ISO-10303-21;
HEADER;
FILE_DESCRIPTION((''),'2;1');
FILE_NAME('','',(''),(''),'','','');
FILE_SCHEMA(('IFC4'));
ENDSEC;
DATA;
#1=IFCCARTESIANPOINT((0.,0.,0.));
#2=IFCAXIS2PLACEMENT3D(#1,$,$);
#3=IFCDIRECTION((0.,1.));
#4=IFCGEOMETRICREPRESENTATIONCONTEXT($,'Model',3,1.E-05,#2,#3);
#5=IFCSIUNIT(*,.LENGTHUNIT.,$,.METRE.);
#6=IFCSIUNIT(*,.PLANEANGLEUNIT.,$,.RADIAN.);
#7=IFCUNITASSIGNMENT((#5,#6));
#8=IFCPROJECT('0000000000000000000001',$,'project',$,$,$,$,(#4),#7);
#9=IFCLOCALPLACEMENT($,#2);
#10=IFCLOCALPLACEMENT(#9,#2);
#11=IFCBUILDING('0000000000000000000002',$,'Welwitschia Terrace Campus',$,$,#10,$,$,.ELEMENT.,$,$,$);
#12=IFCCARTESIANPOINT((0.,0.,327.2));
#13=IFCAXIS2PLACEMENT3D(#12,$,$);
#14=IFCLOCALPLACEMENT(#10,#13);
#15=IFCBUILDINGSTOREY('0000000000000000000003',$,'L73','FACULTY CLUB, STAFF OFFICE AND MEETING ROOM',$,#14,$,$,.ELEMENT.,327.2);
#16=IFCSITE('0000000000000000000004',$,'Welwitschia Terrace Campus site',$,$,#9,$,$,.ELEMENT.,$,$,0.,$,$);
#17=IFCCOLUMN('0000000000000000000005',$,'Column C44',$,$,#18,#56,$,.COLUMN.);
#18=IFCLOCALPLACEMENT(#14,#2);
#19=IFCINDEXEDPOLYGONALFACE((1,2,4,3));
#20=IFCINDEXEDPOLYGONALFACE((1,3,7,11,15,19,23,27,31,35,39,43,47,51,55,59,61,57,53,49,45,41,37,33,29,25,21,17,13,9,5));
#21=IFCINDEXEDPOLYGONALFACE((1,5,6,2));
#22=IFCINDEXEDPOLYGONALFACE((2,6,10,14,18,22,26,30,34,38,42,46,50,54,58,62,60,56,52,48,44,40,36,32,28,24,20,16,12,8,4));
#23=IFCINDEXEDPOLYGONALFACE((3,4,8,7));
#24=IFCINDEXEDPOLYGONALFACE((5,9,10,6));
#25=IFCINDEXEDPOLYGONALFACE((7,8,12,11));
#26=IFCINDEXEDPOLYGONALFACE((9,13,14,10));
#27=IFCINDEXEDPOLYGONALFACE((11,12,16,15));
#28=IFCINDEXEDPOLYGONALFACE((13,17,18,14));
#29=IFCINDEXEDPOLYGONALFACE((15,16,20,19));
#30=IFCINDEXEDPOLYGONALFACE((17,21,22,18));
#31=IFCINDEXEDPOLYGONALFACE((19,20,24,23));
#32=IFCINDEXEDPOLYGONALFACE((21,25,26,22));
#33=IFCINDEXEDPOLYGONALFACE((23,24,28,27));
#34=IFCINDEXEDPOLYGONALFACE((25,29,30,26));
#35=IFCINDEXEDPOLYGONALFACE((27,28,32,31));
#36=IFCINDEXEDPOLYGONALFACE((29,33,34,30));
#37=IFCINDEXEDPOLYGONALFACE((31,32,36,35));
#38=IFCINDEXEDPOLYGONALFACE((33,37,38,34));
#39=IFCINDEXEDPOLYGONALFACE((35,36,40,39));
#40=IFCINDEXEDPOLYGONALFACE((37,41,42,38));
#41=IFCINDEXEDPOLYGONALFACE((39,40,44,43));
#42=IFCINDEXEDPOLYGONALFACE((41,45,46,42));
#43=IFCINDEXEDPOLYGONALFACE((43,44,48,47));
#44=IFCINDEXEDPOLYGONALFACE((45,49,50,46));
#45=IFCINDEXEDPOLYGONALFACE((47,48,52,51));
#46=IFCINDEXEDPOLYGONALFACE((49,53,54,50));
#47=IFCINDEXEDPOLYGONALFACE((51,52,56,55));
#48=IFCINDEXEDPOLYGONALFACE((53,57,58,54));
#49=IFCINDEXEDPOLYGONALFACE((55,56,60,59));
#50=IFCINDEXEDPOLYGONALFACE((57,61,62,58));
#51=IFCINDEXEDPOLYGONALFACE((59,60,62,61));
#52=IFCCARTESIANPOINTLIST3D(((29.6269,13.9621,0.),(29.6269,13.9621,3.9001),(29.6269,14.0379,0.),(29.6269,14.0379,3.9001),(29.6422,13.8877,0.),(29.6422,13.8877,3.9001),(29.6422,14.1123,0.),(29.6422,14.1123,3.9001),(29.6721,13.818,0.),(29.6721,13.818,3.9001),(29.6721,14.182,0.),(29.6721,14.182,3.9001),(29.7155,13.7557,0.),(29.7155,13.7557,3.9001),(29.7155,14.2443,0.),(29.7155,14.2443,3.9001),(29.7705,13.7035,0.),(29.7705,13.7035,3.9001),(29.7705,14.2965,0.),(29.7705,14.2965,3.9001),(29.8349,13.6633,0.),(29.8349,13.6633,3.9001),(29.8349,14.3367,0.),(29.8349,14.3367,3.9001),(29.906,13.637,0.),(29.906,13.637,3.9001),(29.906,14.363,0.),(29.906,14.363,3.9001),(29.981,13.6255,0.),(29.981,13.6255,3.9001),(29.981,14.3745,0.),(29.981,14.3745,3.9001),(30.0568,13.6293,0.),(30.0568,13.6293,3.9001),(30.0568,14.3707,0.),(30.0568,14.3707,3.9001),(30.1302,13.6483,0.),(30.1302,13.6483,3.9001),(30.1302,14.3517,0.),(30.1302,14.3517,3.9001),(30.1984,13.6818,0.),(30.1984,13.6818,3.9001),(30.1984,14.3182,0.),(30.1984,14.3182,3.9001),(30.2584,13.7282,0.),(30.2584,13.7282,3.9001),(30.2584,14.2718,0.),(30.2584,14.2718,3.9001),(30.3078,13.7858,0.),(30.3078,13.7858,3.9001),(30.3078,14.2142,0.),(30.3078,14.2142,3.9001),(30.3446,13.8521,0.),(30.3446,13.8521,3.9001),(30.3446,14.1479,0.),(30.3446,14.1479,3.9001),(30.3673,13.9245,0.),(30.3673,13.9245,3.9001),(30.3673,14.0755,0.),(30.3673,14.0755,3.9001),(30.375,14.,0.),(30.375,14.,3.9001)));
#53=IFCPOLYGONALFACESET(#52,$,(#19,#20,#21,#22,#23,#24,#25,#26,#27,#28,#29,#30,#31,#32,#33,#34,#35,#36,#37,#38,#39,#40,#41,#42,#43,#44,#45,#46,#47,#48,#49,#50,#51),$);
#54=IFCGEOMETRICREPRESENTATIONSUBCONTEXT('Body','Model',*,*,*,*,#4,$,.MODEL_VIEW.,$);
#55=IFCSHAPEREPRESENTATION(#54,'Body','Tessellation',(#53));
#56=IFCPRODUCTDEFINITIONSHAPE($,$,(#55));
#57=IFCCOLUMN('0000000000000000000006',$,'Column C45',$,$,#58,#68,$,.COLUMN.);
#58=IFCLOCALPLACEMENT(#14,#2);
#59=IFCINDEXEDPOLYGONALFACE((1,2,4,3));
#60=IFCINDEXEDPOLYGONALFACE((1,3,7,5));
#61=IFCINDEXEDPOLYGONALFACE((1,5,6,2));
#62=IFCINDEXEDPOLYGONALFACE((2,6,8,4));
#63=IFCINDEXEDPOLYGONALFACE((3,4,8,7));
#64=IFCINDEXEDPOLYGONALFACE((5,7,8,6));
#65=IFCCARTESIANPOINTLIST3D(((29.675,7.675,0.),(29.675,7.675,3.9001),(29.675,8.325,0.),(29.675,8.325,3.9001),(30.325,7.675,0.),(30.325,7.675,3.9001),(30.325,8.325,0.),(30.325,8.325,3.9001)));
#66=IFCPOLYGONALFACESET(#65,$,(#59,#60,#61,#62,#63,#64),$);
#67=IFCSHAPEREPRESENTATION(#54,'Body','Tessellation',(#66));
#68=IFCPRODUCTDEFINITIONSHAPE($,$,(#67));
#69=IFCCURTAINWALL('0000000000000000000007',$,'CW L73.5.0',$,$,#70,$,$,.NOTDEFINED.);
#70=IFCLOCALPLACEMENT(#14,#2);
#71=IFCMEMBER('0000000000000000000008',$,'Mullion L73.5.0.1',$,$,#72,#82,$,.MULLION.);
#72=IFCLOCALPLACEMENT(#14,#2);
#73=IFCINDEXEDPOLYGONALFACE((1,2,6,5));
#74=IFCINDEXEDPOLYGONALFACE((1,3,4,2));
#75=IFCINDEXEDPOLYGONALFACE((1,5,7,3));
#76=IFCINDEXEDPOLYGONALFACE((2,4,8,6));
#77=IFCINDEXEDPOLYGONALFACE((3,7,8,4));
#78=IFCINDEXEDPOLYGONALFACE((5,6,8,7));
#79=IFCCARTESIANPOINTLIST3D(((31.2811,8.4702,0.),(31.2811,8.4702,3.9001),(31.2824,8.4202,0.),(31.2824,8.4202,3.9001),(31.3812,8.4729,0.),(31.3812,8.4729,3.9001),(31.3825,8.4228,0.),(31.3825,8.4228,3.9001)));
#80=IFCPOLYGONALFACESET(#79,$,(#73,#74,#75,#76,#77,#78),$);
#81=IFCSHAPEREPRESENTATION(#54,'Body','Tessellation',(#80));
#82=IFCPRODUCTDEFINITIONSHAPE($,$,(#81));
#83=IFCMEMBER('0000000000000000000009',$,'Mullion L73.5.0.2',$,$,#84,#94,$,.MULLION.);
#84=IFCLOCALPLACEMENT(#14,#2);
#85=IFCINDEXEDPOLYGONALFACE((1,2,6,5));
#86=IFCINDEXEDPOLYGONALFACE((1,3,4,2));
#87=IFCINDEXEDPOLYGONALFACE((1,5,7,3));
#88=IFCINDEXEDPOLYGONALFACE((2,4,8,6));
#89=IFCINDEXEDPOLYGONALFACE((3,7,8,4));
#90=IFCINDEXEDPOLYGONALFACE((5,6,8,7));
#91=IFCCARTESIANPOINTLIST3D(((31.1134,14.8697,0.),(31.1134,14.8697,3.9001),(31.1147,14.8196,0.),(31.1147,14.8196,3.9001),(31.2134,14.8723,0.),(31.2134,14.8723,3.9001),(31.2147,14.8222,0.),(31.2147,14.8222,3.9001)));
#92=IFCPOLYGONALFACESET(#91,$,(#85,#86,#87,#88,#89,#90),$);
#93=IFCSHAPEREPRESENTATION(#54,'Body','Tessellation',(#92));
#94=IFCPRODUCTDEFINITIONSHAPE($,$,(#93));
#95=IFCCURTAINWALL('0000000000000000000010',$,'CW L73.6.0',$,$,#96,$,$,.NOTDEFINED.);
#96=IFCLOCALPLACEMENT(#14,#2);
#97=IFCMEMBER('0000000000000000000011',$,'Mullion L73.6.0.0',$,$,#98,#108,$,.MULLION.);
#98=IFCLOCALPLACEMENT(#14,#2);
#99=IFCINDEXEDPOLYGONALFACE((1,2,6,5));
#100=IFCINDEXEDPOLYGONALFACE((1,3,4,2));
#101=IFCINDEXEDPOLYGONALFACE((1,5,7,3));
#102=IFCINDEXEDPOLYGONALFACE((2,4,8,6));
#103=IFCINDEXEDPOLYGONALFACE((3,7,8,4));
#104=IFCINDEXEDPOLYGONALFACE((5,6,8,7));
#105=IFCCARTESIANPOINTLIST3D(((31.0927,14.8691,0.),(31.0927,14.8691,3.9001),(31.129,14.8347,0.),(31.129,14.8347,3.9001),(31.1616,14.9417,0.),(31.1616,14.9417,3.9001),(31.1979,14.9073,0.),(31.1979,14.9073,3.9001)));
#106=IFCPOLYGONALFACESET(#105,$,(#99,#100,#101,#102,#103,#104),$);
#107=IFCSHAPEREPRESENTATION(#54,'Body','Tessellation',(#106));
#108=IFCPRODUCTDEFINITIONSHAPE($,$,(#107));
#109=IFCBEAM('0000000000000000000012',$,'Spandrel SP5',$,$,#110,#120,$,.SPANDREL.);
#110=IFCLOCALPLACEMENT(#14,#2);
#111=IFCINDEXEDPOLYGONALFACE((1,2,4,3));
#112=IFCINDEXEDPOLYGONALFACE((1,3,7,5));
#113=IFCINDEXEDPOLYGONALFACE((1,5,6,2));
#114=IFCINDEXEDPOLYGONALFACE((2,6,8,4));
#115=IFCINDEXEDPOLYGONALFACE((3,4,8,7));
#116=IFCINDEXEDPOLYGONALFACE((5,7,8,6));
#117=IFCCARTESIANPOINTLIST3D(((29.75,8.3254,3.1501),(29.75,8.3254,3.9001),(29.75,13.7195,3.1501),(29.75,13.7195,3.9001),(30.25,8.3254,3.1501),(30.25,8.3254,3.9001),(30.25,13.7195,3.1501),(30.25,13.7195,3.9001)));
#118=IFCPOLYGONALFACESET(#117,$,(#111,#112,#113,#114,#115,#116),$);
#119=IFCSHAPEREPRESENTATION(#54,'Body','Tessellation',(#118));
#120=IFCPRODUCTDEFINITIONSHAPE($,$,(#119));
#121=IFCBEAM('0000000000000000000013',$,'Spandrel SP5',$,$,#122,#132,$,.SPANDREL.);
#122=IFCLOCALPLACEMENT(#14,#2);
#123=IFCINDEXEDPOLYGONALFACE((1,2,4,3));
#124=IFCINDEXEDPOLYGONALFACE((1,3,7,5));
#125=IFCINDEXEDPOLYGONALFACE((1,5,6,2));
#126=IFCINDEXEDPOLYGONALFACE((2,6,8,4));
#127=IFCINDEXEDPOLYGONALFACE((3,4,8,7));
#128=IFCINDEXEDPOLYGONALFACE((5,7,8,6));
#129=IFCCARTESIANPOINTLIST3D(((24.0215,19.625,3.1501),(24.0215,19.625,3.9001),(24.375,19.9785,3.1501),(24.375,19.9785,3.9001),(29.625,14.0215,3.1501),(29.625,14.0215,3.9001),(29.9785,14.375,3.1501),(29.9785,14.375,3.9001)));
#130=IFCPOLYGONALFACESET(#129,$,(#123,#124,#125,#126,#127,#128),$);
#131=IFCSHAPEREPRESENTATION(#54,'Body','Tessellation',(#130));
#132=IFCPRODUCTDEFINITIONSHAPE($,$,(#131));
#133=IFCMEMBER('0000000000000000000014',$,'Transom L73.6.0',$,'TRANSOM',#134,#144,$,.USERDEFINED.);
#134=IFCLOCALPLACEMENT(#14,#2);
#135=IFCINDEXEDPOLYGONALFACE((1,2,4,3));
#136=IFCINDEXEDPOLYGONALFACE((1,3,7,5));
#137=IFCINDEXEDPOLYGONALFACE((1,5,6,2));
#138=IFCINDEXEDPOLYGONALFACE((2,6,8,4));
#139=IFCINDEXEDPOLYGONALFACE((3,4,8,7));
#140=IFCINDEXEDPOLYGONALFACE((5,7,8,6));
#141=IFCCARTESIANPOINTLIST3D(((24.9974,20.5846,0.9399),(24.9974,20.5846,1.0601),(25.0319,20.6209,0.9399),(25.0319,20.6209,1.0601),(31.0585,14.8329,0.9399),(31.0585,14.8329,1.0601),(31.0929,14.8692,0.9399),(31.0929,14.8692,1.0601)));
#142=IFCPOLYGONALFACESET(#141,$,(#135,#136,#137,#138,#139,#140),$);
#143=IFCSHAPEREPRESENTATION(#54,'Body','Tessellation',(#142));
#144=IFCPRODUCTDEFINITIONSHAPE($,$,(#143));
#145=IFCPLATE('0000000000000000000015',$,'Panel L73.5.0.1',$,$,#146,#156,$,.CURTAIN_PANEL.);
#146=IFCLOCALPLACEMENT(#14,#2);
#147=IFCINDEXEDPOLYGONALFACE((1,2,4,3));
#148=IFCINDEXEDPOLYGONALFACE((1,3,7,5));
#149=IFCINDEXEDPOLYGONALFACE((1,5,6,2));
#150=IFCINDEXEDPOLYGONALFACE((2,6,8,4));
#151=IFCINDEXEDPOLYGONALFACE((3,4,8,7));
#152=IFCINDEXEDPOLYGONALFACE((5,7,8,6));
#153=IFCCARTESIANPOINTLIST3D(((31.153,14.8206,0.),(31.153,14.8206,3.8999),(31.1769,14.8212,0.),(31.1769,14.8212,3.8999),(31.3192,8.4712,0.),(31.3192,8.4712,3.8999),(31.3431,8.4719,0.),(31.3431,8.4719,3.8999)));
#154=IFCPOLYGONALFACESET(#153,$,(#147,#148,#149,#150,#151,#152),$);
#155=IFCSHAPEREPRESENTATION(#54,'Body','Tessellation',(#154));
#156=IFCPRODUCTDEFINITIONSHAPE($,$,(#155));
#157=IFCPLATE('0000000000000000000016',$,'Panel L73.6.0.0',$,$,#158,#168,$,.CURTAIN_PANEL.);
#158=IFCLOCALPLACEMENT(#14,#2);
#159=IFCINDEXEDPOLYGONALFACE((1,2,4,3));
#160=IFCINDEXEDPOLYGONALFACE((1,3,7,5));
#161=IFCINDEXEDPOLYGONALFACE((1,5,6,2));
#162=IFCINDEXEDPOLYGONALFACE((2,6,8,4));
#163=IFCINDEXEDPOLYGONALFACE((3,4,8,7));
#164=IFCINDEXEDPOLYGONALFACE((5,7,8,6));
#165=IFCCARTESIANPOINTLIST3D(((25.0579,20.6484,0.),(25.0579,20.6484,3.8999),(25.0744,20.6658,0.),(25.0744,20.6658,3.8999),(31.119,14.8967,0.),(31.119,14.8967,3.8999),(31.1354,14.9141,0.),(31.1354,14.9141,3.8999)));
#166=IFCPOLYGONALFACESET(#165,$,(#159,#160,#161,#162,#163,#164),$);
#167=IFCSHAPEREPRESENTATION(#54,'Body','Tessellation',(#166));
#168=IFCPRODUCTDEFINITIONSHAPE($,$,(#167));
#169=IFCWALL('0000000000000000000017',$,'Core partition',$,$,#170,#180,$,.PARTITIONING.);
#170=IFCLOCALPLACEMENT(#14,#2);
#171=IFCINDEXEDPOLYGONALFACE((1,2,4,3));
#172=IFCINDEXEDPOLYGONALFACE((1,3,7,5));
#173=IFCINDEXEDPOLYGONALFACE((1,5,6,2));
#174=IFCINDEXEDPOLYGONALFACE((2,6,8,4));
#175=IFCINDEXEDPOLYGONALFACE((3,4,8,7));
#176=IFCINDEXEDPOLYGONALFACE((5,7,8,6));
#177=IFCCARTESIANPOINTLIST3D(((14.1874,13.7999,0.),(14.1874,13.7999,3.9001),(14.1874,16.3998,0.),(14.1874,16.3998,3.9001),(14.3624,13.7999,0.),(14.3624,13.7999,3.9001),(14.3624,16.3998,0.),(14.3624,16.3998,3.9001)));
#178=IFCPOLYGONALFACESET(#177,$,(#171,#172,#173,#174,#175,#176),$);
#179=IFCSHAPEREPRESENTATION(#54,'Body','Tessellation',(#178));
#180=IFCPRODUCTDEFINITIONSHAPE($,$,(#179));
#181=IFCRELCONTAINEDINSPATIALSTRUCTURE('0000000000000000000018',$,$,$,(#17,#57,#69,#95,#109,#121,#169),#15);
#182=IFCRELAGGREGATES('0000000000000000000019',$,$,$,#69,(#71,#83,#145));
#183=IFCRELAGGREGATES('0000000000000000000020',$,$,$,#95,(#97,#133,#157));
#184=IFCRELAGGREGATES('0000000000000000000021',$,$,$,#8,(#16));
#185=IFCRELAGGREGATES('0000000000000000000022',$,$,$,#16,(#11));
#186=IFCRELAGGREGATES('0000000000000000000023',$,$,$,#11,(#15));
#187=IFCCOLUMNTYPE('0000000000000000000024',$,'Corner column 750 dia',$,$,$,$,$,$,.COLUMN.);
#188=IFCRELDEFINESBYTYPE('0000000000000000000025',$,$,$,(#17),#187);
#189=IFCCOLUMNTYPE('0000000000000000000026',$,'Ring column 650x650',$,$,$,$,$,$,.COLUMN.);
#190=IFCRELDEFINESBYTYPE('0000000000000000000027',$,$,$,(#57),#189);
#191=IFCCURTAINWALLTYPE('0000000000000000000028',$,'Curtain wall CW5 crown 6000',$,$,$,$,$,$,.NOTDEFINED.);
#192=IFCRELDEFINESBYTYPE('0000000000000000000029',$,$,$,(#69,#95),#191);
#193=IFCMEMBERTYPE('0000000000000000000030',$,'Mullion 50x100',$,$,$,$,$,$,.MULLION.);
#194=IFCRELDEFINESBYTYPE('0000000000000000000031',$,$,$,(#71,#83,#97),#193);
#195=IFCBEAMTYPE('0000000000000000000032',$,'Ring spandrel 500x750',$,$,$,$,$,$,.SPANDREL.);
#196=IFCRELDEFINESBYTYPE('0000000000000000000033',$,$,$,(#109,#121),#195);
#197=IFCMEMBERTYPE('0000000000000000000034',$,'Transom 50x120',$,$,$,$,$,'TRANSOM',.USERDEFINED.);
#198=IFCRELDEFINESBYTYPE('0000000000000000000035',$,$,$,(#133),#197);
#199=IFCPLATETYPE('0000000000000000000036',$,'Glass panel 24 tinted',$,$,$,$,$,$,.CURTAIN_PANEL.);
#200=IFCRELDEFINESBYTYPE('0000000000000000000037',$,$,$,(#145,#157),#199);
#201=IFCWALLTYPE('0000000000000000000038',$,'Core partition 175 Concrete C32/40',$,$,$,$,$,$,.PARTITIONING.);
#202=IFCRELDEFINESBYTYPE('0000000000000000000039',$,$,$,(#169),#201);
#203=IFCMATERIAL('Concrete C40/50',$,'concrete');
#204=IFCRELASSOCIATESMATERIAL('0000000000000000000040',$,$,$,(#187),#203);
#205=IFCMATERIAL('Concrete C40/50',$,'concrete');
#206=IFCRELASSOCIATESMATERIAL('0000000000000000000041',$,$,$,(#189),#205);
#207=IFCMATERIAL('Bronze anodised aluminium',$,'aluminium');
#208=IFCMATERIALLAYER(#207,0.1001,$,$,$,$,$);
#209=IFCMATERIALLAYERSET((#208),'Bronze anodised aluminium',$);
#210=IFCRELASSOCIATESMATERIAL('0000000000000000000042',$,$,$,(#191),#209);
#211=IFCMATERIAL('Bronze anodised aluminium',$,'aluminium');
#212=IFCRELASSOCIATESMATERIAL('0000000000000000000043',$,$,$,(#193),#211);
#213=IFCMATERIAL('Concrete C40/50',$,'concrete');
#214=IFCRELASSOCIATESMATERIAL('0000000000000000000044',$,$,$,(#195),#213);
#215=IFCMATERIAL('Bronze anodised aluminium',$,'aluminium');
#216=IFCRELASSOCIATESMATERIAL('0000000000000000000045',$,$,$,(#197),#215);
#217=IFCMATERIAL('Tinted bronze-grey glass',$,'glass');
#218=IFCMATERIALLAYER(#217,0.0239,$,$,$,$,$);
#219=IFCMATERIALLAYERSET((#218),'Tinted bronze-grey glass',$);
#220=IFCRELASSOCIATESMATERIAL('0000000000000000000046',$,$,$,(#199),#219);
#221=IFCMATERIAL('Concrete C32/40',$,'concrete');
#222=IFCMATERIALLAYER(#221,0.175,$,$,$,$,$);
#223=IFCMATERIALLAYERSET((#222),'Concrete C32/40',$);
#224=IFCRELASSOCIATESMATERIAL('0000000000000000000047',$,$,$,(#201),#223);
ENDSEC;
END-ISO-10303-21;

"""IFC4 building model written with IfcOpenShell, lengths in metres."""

from ifc_helpers import new_model, si_unit, direction, frame, frame_2d, origin, origin_2d, place, context, subcontext, project, spatial, rectangle, circle, extrude, material, layer, layer_set, material_profile, profile_set, type_object, element, aggregate, save


model = new_model("IFC4")

# Units and contexts
model_context = context("Model", 3, precision=1e-05, world=origin(), true_north=direction((0.0, 1.0)))
body_context = subcontext(model_context, "Body", "Model", "MODEL_VIEW")
ifc_project = project(units=[si_unit("LENGTHUNIT", "METRE"), si_unit("PLANEANGLEUNIT", "RADIAN")], contexts=[model_context])

# Site, building, storey
site_placement = place(None, origin())
site = spatial("IfcSite", under=ifc_project, at=site_placement, Name="Welwitschia Terrace Campus site", CompositionType="ELEMENT", RefElevation=0.0)
building_placement = place(site_placement, origin())
building = spatial("IfcBuilding", under=site, at=building_placement, Name="Welwitschia Terrace Campus", CompositionType="ELEMENT")
storey_placement = place(building_placement, frame((0.0, 0.0, 327.2)))
storey = spatial("IfcBuildingStorey", under=building, at=storey_placement, Name="L73", Description="FACULTY CLUB, STAFF OFFICE AND MEETING ROOM", CompositionType="ELEMENT", Elevation=327.2)

# Columns
ifc_material_1 = material(Name="Concrete C40/50", Category="concrete")
ifc_material_profile_1 = material_profile(ifc_material_1, circle(Radius=0.375, at=origin_2d()))
ifc_profile_set_1 = profile_set([ifc_material_profile_1], Name="Concrete C40/50")
column_type_1 = type_object("IfcColumnType", Name="Corner column 750 dia", PredefinedType="COLUMN", material=ifc_profile_set_1)
column_1_placement = place(storey_placement, frame((30.0, 14.0, 0.0), z_axis=(0.0, 0.0, 1.0), x_axis=(1.0, 0.0, 0.0)))
element("IfcColumn", 1, at=column_1_placement, inside=storey, type_object=column_type_1, Name="Column C44", PredefinedType="COLUMN", context=body_context, shape_type="SweptSolid", body=[
    extrude(circle(Radius=0.375, at=origin_2d()), origin(), (0.0, 0.0, 1.0), 3.9001),
])
ifc_material_2 = material(Name="Concrete C40/50", Category="concrete")
ifc_material_profile_2 = material_profile(ifc_material_2, rectangle(XDim=0.6499, YDim=0.6499, at=origin_2d()))
ifc_profile_set_2 = profile_set([ifc_material_profile_2], Name="Concrete C40/50")
column_type_2 = type_object("IfcColumnType", Name="Ring column 650x650", PredefinedType="COLUMN", material=ifc_profile_set_2)
column_2_placement = place(storey_placement, frame((30.0, 8.0, 0.0), z_axis=(0.0, 0.0, 1.0), x_axis=(1.0, 0.0, 0.0)))
element("IfcColumn", 2, at=column_2_placement, inside=storey, type_object=column_type_2, Name="Column C45", PredefinedType="COLUMN", context=body_context, shape_type="SweptSolid", body=[
    extrude(rectangle(XDim=0.6499, YDim=0.6499, at=origin_2d()), origin(), (0.0, 0.0, 1.0), 3.9001),
])

# Curtain wall, members
ifc_material_3 = material(Name="Bronze anodised aluminium", Category="aluminium")
ifc_layer_1 = layer(ifc_material_3, 0.1001)
ifc_layer_set_1 = layer_set([ifc_layer_1], Name="Bronze anodised aluminium")
curtain_wall_type = type_object("IfcCurtainWallType", Name="Curtain wall CW5 crown 6000", PredefinedType="NOTDEFINED", material=ifc_layer_set_1)
curtain_wall_1_placement = place(storey_placement, origin())
curtain_wall_1 = element("IfcCurtainWall", 3, at=curtain_wall_1_placement, inside=storey, type_object=curtain_wall_type, Name="CW L73.5.0", PredefinedType="NOTDEFINED")
ifc_material_4 = material(Name="Bronze anodised aluminium", Category="aluminium")
ifc_material_profile_3 = material_profile(ifc_material_4, rectangle(XDim=0.1001, YDim=0.05, at=origin_2d()))
ifc_profile_set_3 = profile_set([ifc_material_profile_3], Name="Bronze anodised aluminium")
member_type_1 = type_object("IfcMemberType", Name="Mullion 50x100", PredefinedType="MULLION", material=ifc_profile_set_3)
member_1_placement = place(storey_placement, frame((31.3318, 8.4465, 0.0), z_axis=(0.0, 0.0, 1.0), x_axis=(-0.999657, -0.026177, 0.0)))
member_1 = element("IfcMember", 4, at=member_1_placement, type_object=member_type_1, Name="Mullion L73.5.0.1", PredefinedType="MULLION", context=body_context, shape_type="SweptSolid", body=[
    extrude(rectangle(XDim=0.1001, YDim=0.05, at=origin_2d()), origin(), (0.0, 0.0, 1.0), 3.9001),
])
member_2_placement = place(storey_placement, frame((31.1641, 14.8459, 0.0), z_axis=(0.0, 0.0, 1.0), x_axis=(-0.999657, -0.026177, 0.0)))
member_2 = element("IfcMember", 5, at=member_2_placement, type_object=member_type_1, Name="Mullion L73.5.0.2", PredefinedType="MULLION", context=body_context, shape_type="SweptSolid", body=[
    extrude(rectangle(XDim=0.1001, YDim=0.05, at=origin_2d()), origin(), (0.0, 0.0, 1.0), 3.9001),
])

# Curtain wall, member
curtain_wall_2_placement = place(storey_placement, origin())
curtain_wall_2 = element("IfcCurtainWall", 6, at=curtain_wall_2_placement, inside=storey, type_object=curtain_wall_type, Name="CW L73.6.0", PredefinedType="NOTDEFINED")
member_3_placement = place(storey_placement, frame((31.1453, 14.8882, 0.0), z_axis=(0.0, 0.0, 1.0), x_axis=(-0.688355, -0.725374, 0.0)))
member_3 = element("IfcMember", 7, at=member_3_placement, type_object=member_type_1, Name="Mullion L73.6.0.0", PredefinedType="MULLION", context=body_context, shape_type="SweptSolid", body=[
    extrude(rectangle(XDim=0.1001, YDim=0.05, at=origin_2d()), origin(), (0.0, 0.0, 1.0), 3.9001),
])

# Beams
ifc_material_5 = material(Name="Concrete C40/50", Category="concrete")
ifc_material_profile_4 = material_profile(ifc_material_5, rectangle(XDim=0.5, YDim=0.75, at=origin_2d()))
ifc_profile_set_4 = profile_set([ifc_material_profile_4], Name="Concrete C40/50")
beam_type = type_object("IfcBeamType", Name="Ring spandrel 500x750", PredefinedType="SPANDREL", material=ifc_profile_set_4)
beam_1_placement = place(storey_placement, frame((30.0, 8.3254, 3.5251), z_axis=(0.0, 1.0, 0.0), x_axis=(-1.0, 0.0, 0.0)))
element("IfcBeam", 8, at=beam_1_placement, inside=storey, type_object=beam_type, Name="Spandrel SP5", PredefinedType="SPANDREL", context=body_context, shape_type="SweptSolid", body=[
    extrude(rectangle(XDim=0.5, YDim=0.75, at=origin_2d()), origin(), (0.0, 0.0, 1.0), 5.394),
])
beam_2_placement = place(storey_placement, frame((29.8018, 14.1982, 3.5251), z_axis=(-0.707107, 0.707107, 0.0), x_axis=(-0.707107, -0.707107, 0.0)))
element("IfcBeam", 9, at=beam_2_placement, inside=storey, type_object=beam_type, Name="Spandrel SP5", PredefinedType="SPANDREL", context=body_context, shape_type="SweptSolid", body=[
    extrude(rectangle(XDim=0.5, YDim=0.75, at=origin_2d()), origin(), (0.0, 0.0, 1.0), 7.9246),
])

# Member
ifc_material_6 = material(Name="Bronze anodised aluminium", Category="aluminium")
ifc_material_profile_5 = material_profile(ifc_material_6, rectangle(XDim=0.05, YDim=0.1201, at=origin_2d()))
ifc_profile_set_5 = profile_set([ifc_material_profile_5], Name="Bronze anodised aluminium")
member_type_2 = type_object("IfcMemberType", Name="Transom 50x120", ElementType="TRANSOM", PredefinedType="USERDEFINED", material=ifc_profile_set_5)
member_4_placement = place(storey_placement, frame((31.0757, 14.8511, 1.0), z_axis=(-0.725374, 0.688355, 0.0), x_axis=(-0.688355, -0.725374, 0.0)))
member_4 = element("IfcMember", 10, at=member_4_placement, type_object=member_type_2, Name="Transom L73.6.0", ObjectType="TRANSOM", PredefinedType="USERDEFINED", context=body_context, shape_type="SweptSolid", body=[
    extrude(rectangle(XDim=0.05, YDim=0.1201, at=origin_2d()), origin(), (0.0, 0.0, 1.0), 8.3557),
])

# Plates
ifc_material_7 = material(Name="Tinted bronze-grey glass", Category="glass")
ifc_layer_2 = layer(ifc_material_7, 0.0239)
ifc_layer_set_2 = layer_set([ifc_layer_2], Name="Tinted bronze-grey glass")
plate_type = type_object("IfcPlateType", Name="Glass panel 24 tinted", PredefinedType="CURTAIN_PANEL", material=ifc_layer_set_2)
plate_1_placement = place(storey_placement, frame((31.248, 11.6462, 0.0), z_axis=(0.0, 0.0, 1.0), x_axis=(-0.026177, 0.999657, 0.0)))
plate_1 = element("IfcPlate", 11, at=plate_1_placement, type_object=plate_type, Name="Panel L73.5.0.1", PredefinedType="CURTAIN_PANEL", context=body_context, shape_type="SweptSolid", body=[
    extrude(rectangle(XDim=6.3516, YDim=0.0239, at=origin_2d()), origin(), (0.0, 0.0, 1.0), 3.8999),
])
aggregate(curtain_wall_1, [member_1, member_2, plate_1])
plate_2_placement = place(storey_placement, frame((28.0967, 17.7812, 0.0), z_axis=(0.0, 0.0, 1.0), x_axis=(-0.725374, 0.688355, 0.0)))
plate_2 = element("IfcPlate", 12, at=plate_2_placement, type_object=plate_type, Name="Panel L73.6.0.0", PredefinedType="CURTAIN_PANEL", context=body_context, shape_type="SweptSolid", body=[
    extrude(rectangle(XDim=8.3557, YDim=0.0239, at=origin_2d()), origin(), (0.0, 0.0, 1.0), 3.8999),
])
aggregate(curtain_wall_2, [member_3, member_4, plate_2])

# Wall
ifc_material_8 = material(Name="Concrete C32/40", Category="concrete")
ifc_layer_3 = layer(ifc_material_8, 0.175)
ifc_layer_set_3 = layer_set([ifc_layer_3], Name="Concrete C32/40")
wall_type_1 = type_object("IfcWallType", Name="Core partition 175 Concrete C32/40", PredefinedType="PARTITIONING", material=ifc_layer_set_3)
for number, where, z_axis, x_axis, name in (
    (13, (14.2749, 13.8, 0.0), (0.0, 0.0, 1.0), (0.0, 1.0, 0.0), "Core partition"),
):
    element("IfcWall", number, at=place(storey_placement, frame(where, z_axis=z_axis, x_axis=x_axis)), inside=storey, type_object=wall_type_1, Name=name, PredefinedType="PARTITIONING", context=body_context, shape_type="SweptSolid", body=[
        extrude(rectangle(XDim=2.5999, YDim=0.175, at=frame_2d((1.2998, 0.0))), origin(), (0.0, 0.0, 1.0), 3.9001),
    ])

save(model, "model.ifc")
